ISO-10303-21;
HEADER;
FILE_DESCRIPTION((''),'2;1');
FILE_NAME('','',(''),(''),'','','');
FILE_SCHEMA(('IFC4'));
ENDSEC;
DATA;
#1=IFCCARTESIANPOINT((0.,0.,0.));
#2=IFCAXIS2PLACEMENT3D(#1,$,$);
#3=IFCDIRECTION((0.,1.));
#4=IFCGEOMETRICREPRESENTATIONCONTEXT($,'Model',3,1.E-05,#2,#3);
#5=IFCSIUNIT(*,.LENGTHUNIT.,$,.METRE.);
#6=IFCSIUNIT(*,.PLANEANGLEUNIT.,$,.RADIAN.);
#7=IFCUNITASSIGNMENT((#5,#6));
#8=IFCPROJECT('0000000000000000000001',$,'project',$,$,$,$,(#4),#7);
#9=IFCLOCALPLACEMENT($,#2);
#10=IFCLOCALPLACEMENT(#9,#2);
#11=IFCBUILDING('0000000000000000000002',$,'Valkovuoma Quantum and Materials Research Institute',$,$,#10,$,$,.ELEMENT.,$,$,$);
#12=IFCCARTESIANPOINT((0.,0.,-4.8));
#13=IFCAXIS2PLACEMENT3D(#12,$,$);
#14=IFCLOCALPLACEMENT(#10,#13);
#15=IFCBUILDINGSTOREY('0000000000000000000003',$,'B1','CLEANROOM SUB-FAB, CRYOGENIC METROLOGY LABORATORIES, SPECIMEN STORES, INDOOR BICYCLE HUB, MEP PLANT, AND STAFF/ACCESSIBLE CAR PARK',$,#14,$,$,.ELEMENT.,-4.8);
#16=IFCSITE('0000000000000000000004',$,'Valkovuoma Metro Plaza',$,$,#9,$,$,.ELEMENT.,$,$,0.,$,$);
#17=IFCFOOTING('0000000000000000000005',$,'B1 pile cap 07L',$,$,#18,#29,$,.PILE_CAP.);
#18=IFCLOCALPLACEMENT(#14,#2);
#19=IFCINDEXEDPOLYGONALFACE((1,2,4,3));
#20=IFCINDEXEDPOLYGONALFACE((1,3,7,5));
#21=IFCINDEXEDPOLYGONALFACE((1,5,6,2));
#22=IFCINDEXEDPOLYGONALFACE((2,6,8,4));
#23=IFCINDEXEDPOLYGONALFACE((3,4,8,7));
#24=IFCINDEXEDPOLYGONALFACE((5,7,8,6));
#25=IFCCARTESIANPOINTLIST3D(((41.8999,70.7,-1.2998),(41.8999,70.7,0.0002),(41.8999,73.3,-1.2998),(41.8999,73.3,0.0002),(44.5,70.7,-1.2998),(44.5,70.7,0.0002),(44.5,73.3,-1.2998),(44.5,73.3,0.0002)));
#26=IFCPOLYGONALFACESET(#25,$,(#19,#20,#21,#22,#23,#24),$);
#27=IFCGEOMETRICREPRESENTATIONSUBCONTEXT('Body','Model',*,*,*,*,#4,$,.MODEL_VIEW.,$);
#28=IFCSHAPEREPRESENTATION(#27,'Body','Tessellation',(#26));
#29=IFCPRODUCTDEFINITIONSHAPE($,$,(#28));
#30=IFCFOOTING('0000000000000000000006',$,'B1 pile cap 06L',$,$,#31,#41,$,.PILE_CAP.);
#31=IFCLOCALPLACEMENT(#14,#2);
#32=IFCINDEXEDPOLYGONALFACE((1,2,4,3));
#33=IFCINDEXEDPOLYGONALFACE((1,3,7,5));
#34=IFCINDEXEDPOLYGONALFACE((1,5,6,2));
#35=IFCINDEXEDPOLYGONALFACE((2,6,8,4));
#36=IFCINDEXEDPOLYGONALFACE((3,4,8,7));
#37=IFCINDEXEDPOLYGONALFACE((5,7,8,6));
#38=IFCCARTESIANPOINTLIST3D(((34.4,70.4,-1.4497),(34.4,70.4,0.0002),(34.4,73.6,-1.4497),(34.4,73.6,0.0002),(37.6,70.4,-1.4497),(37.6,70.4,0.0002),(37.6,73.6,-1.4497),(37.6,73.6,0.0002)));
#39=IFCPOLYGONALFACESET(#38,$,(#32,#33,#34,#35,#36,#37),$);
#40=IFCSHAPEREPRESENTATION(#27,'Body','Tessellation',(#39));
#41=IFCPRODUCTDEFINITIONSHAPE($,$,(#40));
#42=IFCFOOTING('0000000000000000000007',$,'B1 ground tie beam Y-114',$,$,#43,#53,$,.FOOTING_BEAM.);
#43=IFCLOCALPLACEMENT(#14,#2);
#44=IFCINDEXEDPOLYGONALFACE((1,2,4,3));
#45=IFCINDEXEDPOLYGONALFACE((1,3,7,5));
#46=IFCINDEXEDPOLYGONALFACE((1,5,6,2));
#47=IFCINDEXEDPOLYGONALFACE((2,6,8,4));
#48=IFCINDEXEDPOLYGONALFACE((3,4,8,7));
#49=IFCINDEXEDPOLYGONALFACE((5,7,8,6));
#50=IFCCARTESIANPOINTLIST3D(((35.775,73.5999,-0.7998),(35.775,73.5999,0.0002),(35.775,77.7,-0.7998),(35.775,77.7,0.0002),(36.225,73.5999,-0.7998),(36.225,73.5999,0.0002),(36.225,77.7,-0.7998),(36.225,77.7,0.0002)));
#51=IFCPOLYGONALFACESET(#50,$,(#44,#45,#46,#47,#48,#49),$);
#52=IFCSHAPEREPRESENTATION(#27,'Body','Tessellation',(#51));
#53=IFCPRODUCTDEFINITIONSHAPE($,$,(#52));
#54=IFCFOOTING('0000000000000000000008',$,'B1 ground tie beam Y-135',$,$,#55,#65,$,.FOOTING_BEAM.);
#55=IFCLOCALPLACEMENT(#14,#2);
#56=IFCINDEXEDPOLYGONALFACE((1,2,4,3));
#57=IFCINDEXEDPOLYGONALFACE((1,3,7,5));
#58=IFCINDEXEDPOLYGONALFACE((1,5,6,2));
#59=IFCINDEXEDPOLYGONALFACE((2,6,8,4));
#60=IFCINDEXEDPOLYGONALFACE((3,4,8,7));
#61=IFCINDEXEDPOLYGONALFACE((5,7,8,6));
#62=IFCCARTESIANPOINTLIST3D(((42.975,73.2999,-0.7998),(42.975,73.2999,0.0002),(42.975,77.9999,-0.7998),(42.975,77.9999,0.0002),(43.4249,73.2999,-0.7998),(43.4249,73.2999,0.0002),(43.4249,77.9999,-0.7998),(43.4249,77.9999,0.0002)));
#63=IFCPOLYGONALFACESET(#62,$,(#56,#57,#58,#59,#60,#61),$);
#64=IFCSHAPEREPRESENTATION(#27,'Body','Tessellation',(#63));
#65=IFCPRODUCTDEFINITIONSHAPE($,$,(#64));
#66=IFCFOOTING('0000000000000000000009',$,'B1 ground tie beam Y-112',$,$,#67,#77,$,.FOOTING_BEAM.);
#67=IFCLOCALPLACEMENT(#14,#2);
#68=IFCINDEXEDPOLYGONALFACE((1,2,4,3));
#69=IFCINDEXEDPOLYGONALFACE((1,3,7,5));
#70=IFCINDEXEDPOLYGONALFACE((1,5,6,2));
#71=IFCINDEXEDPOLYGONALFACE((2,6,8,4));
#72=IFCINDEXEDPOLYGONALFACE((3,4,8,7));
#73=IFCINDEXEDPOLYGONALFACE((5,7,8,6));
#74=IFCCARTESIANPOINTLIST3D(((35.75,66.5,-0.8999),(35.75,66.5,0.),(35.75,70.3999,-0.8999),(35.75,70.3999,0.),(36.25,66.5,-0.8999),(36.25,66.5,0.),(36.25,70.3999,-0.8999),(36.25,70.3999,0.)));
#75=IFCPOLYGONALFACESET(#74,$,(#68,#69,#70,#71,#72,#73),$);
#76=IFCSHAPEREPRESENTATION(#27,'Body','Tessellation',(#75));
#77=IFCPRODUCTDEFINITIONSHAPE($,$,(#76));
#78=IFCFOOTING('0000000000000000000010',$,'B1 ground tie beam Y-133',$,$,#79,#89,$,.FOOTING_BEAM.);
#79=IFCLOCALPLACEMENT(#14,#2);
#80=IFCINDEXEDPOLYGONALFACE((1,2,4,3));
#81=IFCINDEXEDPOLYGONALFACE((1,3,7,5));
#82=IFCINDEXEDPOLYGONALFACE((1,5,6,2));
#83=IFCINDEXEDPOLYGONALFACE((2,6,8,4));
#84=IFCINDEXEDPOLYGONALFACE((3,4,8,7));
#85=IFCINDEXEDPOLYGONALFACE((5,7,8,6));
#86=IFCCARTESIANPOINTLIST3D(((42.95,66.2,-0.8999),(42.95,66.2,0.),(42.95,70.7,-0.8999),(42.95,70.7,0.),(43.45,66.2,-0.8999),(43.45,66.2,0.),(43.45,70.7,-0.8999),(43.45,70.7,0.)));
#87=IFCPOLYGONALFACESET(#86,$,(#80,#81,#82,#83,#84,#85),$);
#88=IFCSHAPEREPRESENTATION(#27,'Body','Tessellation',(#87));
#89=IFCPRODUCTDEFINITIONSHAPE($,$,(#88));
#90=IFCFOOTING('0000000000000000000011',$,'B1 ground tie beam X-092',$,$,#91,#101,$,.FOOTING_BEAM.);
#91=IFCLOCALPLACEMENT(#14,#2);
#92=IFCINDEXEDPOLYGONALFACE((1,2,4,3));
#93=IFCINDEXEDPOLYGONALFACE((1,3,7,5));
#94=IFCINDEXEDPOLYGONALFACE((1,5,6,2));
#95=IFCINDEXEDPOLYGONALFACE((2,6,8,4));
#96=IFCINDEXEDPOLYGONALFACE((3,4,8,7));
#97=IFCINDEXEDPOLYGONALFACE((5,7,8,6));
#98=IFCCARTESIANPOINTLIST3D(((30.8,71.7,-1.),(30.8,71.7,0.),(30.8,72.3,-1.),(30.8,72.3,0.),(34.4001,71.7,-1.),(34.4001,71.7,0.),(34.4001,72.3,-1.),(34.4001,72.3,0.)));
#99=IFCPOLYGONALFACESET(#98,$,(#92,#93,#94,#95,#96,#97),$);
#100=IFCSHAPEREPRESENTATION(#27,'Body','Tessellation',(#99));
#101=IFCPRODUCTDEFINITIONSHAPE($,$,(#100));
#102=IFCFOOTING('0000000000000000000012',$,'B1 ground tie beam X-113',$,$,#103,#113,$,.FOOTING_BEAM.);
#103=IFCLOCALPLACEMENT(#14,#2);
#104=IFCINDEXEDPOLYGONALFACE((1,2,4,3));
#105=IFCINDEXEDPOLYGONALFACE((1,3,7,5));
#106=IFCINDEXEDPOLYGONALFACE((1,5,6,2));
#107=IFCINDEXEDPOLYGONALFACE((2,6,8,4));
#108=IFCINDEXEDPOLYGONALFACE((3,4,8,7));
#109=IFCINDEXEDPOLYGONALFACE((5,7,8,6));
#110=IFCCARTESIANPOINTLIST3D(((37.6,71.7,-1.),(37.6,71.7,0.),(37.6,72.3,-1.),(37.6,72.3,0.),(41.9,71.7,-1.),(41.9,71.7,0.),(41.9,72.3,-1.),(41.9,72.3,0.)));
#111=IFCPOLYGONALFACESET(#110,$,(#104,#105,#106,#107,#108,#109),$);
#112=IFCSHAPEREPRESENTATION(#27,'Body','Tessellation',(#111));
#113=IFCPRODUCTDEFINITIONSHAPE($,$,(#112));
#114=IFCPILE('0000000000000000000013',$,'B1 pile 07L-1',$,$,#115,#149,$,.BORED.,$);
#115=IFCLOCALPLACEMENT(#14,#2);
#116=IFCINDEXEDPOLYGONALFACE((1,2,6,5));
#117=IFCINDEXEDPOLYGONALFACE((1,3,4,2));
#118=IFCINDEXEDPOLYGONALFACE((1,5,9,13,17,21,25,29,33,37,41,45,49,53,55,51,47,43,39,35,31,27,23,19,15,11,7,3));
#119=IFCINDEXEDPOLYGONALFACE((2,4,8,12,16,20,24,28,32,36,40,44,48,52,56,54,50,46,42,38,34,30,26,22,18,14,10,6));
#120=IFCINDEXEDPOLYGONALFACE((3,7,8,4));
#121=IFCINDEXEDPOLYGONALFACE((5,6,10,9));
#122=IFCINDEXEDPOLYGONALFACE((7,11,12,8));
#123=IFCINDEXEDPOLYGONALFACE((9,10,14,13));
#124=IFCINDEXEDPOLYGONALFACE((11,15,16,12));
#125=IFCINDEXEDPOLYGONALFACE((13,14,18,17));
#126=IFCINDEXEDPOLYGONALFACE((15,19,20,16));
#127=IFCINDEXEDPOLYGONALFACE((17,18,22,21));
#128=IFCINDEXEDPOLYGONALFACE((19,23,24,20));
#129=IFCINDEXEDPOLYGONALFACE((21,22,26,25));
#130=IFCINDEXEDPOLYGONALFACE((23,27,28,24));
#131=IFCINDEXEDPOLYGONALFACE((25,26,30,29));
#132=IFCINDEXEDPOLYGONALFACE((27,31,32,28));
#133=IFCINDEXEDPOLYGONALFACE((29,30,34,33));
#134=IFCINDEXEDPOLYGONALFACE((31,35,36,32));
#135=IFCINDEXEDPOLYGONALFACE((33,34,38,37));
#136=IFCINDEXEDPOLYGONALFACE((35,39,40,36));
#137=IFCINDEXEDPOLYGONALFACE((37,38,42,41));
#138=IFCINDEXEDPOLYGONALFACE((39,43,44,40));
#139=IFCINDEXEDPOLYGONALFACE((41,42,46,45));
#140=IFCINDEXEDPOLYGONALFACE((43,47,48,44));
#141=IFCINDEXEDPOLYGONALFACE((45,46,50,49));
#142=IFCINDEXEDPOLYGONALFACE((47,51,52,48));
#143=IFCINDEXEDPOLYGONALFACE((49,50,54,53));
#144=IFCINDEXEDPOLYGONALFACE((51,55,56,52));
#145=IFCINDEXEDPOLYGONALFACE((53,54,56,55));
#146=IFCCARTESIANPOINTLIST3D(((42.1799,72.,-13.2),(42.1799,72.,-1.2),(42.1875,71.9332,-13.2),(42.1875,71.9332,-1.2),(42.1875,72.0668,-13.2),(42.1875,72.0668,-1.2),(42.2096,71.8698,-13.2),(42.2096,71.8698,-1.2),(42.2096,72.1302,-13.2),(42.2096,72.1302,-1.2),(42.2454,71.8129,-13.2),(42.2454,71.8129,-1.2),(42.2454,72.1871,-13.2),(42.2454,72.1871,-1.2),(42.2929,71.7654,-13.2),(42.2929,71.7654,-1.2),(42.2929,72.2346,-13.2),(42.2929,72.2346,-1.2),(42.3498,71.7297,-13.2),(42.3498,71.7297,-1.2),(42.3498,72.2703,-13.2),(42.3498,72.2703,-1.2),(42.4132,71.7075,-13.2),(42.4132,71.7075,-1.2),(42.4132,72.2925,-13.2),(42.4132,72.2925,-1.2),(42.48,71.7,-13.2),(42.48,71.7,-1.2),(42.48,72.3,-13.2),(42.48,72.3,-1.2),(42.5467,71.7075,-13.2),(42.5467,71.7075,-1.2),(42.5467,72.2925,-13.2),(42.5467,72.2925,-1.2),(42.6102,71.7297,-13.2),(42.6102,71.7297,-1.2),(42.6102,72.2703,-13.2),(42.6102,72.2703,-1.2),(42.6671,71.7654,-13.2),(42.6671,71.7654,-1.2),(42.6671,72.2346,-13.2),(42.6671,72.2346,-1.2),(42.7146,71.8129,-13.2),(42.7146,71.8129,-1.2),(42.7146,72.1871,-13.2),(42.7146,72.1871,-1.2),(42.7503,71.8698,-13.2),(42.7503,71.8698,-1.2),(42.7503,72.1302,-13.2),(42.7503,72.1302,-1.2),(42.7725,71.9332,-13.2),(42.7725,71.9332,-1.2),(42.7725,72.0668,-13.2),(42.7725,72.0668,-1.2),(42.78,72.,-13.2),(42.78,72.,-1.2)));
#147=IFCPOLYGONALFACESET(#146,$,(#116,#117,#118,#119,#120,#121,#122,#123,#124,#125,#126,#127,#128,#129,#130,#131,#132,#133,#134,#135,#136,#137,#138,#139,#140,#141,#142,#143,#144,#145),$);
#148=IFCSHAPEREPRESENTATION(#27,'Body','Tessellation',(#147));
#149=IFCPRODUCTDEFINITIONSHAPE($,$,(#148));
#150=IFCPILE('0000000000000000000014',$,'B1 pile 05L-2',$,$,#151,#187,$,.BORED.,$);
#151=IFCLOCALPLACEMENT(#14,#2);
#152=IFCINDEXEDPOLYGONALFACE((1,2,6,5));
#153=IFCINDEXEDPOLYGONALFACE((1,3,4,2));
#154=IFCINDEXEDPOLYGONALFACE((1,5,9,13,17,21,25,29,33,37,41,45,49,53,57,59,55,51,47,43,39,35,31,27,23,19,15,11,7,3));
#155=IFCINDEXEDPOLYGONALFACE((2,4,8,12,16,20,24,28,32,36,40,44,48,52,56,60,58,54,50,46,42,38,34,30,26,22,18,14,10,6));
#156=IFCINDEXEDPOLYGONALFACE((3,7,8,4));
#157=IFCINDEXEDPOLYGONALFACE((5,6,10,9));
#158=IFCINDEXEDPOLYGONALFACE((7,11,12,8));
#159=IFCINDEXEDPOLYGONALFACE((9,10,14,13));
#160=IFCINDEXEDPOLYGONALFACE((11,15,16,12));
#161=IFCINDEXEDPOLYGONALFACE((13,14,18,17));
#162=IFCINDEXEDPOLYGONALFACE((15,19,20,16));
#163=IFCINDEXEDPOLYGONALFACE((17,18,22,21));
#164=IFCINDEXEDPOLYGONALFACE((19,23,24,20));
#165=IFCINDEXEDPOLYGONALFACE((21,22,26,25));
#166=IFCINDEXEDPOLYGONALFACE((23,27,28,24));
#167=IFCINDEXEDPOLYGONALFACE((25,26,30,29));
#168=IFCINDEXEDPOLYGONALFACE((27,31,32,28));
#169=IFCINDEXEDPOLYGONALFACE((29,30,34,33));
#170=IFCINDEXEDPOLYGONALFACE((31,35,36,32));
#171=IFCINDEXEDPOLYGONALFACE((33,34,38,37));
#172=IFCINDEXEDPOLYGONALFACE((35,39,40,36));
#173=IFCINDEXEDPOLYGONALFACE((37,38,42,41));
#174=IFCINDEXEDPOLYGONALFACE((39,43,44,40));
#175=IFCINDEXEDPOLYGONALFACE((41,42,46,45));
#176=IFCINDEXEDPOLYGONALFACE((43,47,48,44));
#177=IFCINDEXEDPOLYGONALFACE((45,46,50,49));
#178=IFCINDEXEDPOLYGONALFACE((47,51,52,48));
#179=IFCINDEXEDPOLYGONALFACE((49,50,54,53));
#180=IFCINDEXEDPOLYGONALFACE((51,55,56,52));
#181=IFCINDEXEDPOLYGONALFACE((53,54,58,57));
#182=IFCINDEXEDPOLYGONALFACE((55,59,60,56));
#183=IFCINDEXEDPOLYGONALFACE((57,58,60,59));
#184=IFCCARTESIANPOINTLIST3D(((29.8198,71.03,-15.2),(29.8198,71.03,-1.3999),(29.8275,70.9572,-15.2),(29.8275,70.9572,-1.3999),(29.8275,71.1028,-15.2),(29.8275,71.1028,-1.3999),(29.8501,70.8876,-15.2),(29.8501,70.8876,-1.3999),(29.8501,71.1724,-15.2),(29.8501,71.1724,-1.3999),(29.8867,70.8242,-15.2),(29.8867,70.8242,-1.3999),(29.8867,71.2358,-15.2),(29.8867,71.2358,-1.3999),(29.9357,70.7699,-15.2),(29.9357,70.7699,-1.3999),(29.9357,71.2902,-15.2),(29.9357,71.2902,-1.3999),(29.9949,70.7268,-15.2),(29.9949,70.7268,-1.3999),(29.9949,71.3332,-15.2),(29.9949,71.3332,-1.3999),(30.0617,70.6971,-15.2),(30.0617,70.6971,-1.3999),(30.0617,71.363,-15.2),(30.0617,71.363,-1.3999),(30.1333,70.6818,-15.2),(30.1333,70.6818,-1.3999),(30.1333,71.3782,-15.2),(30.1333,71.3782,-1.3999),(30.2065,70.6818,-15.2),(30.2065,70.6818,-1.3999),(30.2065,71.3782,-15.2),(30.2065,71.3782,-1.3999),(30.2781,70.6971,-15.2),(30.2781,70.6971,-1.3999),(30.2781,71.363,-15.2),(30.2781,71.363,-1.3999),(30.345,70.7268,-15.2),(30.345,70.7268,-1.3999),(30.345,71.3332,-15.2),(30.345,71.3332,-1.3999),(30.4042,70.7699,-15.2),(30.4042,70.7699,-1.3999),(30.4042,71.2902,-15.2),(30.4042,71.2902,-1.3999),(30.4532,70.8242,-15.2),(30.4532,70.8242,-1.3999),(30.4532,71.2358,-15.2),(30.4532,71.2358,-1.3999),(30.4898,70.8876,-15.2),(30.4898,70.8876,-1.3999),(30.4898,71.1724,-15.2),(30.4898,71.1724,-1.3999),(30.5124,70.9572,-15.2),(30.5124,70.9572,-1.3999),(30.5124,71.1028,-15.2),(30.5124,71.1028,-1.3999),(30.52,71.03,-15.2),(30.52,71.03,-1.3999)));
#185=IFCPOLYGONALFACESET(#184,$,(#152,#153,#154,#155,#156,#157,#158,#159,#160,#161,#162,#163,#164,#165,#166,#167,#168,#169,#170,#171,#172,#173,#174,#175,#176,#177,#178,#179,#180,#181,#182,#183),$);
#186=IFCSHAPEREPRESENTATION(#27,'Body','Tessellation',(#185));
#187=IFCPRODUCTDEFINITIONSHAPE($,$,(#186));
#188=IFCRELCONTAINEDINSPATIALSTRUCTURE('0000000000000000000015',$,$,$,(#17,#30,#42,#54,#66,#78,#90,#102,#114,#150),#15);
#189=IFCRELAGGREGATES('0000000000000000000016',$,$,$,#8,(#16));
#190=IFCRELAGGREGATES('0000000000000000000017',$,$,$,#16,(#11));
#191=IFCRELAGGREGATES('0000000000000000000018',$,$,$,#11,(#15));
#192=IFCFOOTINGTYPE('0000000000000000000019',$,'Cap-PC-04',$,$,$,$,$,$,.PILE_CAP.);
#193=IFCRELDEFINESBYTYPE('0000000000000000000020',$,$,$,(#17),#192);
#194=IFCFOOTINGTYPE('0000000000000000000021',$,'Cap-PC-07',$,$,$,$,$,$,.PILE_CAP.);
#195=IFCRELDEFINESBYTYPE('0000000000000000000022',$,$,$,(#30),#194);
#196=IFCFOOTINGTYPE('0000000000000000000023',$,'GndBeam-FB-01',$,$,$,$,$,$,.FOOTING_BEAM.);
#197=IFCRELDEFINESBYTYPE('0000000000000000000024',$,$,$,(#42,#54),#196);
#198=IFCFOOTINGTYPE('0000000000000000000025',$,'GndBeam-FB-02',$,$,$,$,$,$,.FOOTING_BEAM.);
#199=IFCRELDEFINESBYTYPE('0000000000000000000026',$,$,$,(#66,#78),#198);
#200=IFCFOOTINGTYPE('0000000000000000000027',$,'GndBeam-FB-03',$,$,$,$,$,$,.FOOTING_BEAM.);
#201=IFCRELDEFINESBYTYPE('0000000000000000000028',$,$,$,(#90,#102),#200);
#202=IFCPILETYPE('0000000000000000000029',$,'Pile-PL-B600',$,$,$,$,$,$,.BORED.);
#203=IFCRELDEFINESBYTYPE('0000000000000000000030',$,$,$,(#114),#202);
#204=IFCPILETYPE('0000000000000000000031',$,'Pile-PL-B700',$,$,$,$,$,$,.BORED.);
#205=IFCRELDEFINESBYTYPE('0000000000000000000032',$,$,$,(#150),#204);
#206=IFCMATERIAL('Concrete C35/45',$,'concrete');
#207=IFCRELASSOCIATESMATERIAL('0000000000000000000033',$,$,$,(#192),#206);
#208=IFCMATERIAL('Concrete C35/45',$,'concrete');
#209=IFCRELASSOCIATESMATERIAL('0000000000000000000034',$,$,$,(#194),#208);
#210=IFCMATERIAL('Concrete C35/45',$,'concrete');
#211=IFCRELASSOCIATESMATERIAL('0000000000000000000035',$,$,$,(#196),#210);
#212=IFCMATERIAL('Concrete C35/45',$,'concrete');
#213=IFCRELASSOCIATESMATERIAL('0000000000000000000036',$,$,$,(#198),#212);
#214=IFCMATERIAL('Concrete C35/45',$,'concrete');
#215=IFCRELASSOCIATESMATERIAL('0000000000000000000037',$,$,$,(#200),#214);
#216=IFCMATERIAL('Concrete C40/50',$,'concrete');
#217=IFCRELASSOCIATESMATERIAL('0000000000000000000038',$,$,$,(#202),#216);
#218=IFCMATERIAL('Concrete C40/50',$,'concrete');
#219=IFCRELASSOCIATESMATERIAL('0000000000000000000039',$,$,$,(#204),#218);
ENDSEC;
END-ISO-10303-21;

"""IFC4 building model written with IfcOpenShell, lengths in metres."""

from ifc_helpers import new_model, si_unit, direction, frame, origin, origin_2d, place, context, subcontext, project, spatial, rectangle, circle, extrude, material, material_profile, profile_set, type_object, element, save


model = new_model("IFC4")

# Units and contexts
model_context = context("Model", 3, precision=1e-05, world=origin(), true_north=direction((0.0, 1.0)))
body_context = subcontext(model_context, "Body", "Model", "MODEL_VIEW")
ifc_project = project(units=[si_unit("LENGTHUNIT", "METRE"), si_unit("PLANEANGLEUNIT", "RADIAN")], contexts=[model_context])

# Site, building, storey
site_placement = place(None, origin())
site = spatial("IfcSite", under=ifc_project, at=site_placement, Name="Valkovuoma Metro Plaza", CompositionType="ELEMENT", RefElevation=0.0)
building_placement = place(site_placement, origin())
building = spatial("IfcBuilding", under=site, at=building_placement, Name="Valkovuoma Quantum and Materials Research Institute", CompositionType="ELEMENT")
storey_placement = place(building_placement, frame((0.0, 0.0, -4.8)))
storey = spatial("IfcBuildingStorey", under=building, at=storey_placement, Name="B1", Description="CLEANROOM SUB-FAB, CRYOGENIC METROLOGY LABORATORIES, SPECIMEN STORES, INDOOR BICYCLE HUB, MEP PLANT, AND STAFF/ACCESSIBLE CAR PARK", CompositionType="ELEMENT", Elevation=-4.8)

# Footings
ifc_material_1 = material(Name="Concrete C35/45", Category="concrete")
footing_type_1 = type_object("IfcFootingType", Name="Cap-PC-04", PredefinedType="PILE_CAP", material=ifc_material_1)
footing_1_placement = place(storey_placement, frame((43.2, 72.0, -1.2998), z_axis=(0.0, 0.0, 1.0), x_axis=(1.0, 0.0, 0.0)))
element("IfcFooting", 1, at=footing_1_placement, inside=storey, type_object=footing_type_1, Name="B1 pile cap 07L", PredefinedType="PILE_CAP", context=body_context, shape_type="SweptSolid", body=[
    extrude(rectangle(XDim=2.6001, YDim=2.6001, at=origin_2d()), origin(), (0.0, 0.0, 1.0), 1.3),
])
ifc_material_2 = material(Name="Concrete C35/45", Category="concrete")
footing_type_2 = type_object("IfcFootingType", Name="Cap-PC-07", PredefinedType="PILE_CAP", material=ifc_material_2)
footing_2_placement = place(storey_placement, frame((36.0, 72.0, -1.4497), z_axis=(0.0, 0.0, 1.0), x_axis=(1.0, 0.0, 0.0)))
element("IfcFooting", 2, at=footing_2_placement, inside=storey, type_object=footing_type_2, Name="B1 pile cap 06L", PredefinedType="PILE_CAP", context=body_context, shape_type="SweptSolid", body=[
    extrude(rectangle(XDim=3.2, YDim=3.2, at=origin_2d()), origin(), (0.0, 0.0, 1.0), 1.45),
])
ifc_material_3 = material(Name="Concrete C35/45", Category="concrete")
footing_type_3 = type_object("IfcFootingType", Name="GndBeam-FB-01", PredefinedType="FOOTING_BEAM", material=ifc_material_3)
footing_3_placement = place(storey_placement, frame((36.0, 75.6499, -0.7998), z_axis=(0.0, 0.0, 1.0), x_axis=(0.0, 1.0, 0.0)))
element("IfcFooting", 3, at=footing_3_placement, inside=storey, type_object=footing_type_3, Name="B1 ground tie beam Y-114", PredefinedType="FOOTING_BEAM", context=body_context, shape_type="SweptSolid", body=[
    extrude(rectangle(XDim=4.1001, YDim=0.45, at=origin_2d()), origin(), (0.0, 0.0, 1.0), 0.8),
])
footing_4_placement = place(storey_placement, frame((43.2, 75.6499, -0.7998), z_axis=(0.0, 0.0, 1.0), x_axis=(0.0, 1.0, 0.0)))
element("IfcFooting", 4, at=footing_4_placement, inside=storey, type_object=footing_type_3, Name="B1 ground tie beam Y-135", PredefinedType="FOOTING_BEAM", context=body_context, shape_type="SweptSolid", body=[
    extrude(rectangle(XDim=4.7, YDim=0.45, at=origin_2d()), origin(), (0.0, 0.0, 1.0), 0.8),
])
ifc_material_4 = material(Name="Concrete C35/45", Category="concrete")
footing_type_4 = type_object("IfcFootingType", Name="GndBeam-FB-02", PredefinedType="FOOTING_BEAM", material=ifc_material_4)
footing_5_placement = place(storey_placement, frame((36.0, 68.45, -0.8999), z_axis=(0.0, 0.0, 1.0), x_axis=(0.0, 1.0, 0.0)))
element("IfcFooting", 5, at=footing_5_placement, inside=storey, type_object=footing_type_4, Name="B1 ground tie beam Y-112", PredefinedType="FOOTING_BEAM", context=body_context, shape_type="SweptSolid", body=[
    extrude(rectangle(XDim=3.8999, YDim=0.5, at=origin_2d()), origin(), (0.0, 0.0, 1.0), 0.8999),
])
footing_6_placement = place(storey_placement, frame((43.2, 68.45, -0.8999), z_axis=(0.0, 0.0, 1.0), x_axis=(0.0, 1.0, 0.0)))
element("IfcFooting", 6, at=footing_6_placement, inside=storey, type_object=footing_type_4, Name="B1 ground tie beam Y-133", PredefinedType="FOOTING_BEAM", context=body_context, shape_type="SweptSolid", body=[
    extrude(rectangle(XDim=4.5, YDim=0.5, at=origin_2d()), origin(), (0.0, 0.0, 1.0), 0.8999),
])
ifc_material_5 = material(Name="Concrete C35/45", Category="concrete")
footing_type_5 = type_object("IfcFootingType", Name="GndBeam-FB-03", PredefinedType="FOOTING_BEAM", material=ifc_material_5)
footing_7_placement = place(storey_placement, frame((32.6001, 72.0, -1.0), z_axis=(0.0, 0.0, 1.0), x_axis=(1.0, 0.0, 0.0)))
element("IfcFooting", 7, at=footing_7_placement, inside=storey, type_object=footing_type_5, Name="B1 ground tie beam X-092", PredefinedType="FOOTING_BEAM", context=body_context, shape_type="SweptSolid", body=[
    extrude(rectangle(XDim=3.6001, YDim=0.6001, at=origin_2d()), origin(), (0.0, 0.0, 1.0), 1.0),
])
footing_8_placement = place(storey_placement, frame((39.75, 72.0, -1.0), z_axis=(0.0, 0.0, 1.0), x_axis=(1.0, 0.0, 0.0)))
element("IfcFooting", 8, at=footing_8_placement, inside=storey, type_object=footing_type_5, Name="B1 ground tie beam X-113", PredefinedType="FOOTING_BEAM", context=body_context, shape_type="SweptSolid", body=[
    extrude(rectangle(XDim=4.3, YDim=0.6001, at=origin_2d()), origin(), (0.0, 0.0, 1.0), 1.0),
])

# Piles
ifc_material_6 = material(Name="Concrete C40/50", Category="concrete")
ifc_material_profile_1 = material_profile(ifc_material_6, circle(Radius=0.3, at=origin_2d()), Name="Concrete C40/50")
ifc_profile_set_1 = profile_set([ifc_material_profile_1], Name="Concrete C40/50")
pile_type_1 = type_object("IfcPileType", Name="Pile-PL-B600", PredefinedType="BORED", material=ifc_profile_set_1)
pile_1_placement = place(storey_placement, frame((42.48, 72.0, -1.2), z_axis=(0.0, 0.0, -1.0), x_axis=(1.0, 0.0, 0.0)))
element("IfcPile", 9, at=pile_1_placement, inside=storey, type_object=pile_type_1, Name="B1 pile 07L-1", PredefinedType="BORED", context=body_context, shape_type="SweptSolid", body=[
    extrude(circle(Radius=0.3, at=origin_2d()), origin(), (0.0, 0.0, 1.0), 12.0),
])
ifc_material_7 = material(Name="Concrete C40/50", Category="concrete")
ifc_material_profile_2 = material_profile(ifc_material_7, circle(Radius=0.3501, at=origin_2d()), Name="Concrete C40/50")
ifc_profile_set_2 = profile_set([ifc_material_profile_2], Name="Concrete C40/50")
pile_type_2 = type_object("IfcPileType", Name="Pile-PL-B700", PredefinedType="BORED", material=ifc_profile_set_2)
for number, where, z_axis, x_axis, name in (
    (10, (30.1699, 71.03, -1.3999), (0.0, 0.0, -1.0), (1.0, 0.0, 0.0), "B1 pile 05L-2"),
):
    element("IfcPile", number, at=place(storey_placement, frame(where, z_axis=z_axis, x_axis=x_axis)), inside=storey, type_object=pile_type_2, Name=name, PredefinedType="BORED", context=body_context, shape_type="SweptSolid", body=[
        extrude(circle(Radius=0.3501, at=origin_2d()), origin(), (0.0, 0.0, 1.0), 13.8),
    ])

save(model, "model.ifc")
